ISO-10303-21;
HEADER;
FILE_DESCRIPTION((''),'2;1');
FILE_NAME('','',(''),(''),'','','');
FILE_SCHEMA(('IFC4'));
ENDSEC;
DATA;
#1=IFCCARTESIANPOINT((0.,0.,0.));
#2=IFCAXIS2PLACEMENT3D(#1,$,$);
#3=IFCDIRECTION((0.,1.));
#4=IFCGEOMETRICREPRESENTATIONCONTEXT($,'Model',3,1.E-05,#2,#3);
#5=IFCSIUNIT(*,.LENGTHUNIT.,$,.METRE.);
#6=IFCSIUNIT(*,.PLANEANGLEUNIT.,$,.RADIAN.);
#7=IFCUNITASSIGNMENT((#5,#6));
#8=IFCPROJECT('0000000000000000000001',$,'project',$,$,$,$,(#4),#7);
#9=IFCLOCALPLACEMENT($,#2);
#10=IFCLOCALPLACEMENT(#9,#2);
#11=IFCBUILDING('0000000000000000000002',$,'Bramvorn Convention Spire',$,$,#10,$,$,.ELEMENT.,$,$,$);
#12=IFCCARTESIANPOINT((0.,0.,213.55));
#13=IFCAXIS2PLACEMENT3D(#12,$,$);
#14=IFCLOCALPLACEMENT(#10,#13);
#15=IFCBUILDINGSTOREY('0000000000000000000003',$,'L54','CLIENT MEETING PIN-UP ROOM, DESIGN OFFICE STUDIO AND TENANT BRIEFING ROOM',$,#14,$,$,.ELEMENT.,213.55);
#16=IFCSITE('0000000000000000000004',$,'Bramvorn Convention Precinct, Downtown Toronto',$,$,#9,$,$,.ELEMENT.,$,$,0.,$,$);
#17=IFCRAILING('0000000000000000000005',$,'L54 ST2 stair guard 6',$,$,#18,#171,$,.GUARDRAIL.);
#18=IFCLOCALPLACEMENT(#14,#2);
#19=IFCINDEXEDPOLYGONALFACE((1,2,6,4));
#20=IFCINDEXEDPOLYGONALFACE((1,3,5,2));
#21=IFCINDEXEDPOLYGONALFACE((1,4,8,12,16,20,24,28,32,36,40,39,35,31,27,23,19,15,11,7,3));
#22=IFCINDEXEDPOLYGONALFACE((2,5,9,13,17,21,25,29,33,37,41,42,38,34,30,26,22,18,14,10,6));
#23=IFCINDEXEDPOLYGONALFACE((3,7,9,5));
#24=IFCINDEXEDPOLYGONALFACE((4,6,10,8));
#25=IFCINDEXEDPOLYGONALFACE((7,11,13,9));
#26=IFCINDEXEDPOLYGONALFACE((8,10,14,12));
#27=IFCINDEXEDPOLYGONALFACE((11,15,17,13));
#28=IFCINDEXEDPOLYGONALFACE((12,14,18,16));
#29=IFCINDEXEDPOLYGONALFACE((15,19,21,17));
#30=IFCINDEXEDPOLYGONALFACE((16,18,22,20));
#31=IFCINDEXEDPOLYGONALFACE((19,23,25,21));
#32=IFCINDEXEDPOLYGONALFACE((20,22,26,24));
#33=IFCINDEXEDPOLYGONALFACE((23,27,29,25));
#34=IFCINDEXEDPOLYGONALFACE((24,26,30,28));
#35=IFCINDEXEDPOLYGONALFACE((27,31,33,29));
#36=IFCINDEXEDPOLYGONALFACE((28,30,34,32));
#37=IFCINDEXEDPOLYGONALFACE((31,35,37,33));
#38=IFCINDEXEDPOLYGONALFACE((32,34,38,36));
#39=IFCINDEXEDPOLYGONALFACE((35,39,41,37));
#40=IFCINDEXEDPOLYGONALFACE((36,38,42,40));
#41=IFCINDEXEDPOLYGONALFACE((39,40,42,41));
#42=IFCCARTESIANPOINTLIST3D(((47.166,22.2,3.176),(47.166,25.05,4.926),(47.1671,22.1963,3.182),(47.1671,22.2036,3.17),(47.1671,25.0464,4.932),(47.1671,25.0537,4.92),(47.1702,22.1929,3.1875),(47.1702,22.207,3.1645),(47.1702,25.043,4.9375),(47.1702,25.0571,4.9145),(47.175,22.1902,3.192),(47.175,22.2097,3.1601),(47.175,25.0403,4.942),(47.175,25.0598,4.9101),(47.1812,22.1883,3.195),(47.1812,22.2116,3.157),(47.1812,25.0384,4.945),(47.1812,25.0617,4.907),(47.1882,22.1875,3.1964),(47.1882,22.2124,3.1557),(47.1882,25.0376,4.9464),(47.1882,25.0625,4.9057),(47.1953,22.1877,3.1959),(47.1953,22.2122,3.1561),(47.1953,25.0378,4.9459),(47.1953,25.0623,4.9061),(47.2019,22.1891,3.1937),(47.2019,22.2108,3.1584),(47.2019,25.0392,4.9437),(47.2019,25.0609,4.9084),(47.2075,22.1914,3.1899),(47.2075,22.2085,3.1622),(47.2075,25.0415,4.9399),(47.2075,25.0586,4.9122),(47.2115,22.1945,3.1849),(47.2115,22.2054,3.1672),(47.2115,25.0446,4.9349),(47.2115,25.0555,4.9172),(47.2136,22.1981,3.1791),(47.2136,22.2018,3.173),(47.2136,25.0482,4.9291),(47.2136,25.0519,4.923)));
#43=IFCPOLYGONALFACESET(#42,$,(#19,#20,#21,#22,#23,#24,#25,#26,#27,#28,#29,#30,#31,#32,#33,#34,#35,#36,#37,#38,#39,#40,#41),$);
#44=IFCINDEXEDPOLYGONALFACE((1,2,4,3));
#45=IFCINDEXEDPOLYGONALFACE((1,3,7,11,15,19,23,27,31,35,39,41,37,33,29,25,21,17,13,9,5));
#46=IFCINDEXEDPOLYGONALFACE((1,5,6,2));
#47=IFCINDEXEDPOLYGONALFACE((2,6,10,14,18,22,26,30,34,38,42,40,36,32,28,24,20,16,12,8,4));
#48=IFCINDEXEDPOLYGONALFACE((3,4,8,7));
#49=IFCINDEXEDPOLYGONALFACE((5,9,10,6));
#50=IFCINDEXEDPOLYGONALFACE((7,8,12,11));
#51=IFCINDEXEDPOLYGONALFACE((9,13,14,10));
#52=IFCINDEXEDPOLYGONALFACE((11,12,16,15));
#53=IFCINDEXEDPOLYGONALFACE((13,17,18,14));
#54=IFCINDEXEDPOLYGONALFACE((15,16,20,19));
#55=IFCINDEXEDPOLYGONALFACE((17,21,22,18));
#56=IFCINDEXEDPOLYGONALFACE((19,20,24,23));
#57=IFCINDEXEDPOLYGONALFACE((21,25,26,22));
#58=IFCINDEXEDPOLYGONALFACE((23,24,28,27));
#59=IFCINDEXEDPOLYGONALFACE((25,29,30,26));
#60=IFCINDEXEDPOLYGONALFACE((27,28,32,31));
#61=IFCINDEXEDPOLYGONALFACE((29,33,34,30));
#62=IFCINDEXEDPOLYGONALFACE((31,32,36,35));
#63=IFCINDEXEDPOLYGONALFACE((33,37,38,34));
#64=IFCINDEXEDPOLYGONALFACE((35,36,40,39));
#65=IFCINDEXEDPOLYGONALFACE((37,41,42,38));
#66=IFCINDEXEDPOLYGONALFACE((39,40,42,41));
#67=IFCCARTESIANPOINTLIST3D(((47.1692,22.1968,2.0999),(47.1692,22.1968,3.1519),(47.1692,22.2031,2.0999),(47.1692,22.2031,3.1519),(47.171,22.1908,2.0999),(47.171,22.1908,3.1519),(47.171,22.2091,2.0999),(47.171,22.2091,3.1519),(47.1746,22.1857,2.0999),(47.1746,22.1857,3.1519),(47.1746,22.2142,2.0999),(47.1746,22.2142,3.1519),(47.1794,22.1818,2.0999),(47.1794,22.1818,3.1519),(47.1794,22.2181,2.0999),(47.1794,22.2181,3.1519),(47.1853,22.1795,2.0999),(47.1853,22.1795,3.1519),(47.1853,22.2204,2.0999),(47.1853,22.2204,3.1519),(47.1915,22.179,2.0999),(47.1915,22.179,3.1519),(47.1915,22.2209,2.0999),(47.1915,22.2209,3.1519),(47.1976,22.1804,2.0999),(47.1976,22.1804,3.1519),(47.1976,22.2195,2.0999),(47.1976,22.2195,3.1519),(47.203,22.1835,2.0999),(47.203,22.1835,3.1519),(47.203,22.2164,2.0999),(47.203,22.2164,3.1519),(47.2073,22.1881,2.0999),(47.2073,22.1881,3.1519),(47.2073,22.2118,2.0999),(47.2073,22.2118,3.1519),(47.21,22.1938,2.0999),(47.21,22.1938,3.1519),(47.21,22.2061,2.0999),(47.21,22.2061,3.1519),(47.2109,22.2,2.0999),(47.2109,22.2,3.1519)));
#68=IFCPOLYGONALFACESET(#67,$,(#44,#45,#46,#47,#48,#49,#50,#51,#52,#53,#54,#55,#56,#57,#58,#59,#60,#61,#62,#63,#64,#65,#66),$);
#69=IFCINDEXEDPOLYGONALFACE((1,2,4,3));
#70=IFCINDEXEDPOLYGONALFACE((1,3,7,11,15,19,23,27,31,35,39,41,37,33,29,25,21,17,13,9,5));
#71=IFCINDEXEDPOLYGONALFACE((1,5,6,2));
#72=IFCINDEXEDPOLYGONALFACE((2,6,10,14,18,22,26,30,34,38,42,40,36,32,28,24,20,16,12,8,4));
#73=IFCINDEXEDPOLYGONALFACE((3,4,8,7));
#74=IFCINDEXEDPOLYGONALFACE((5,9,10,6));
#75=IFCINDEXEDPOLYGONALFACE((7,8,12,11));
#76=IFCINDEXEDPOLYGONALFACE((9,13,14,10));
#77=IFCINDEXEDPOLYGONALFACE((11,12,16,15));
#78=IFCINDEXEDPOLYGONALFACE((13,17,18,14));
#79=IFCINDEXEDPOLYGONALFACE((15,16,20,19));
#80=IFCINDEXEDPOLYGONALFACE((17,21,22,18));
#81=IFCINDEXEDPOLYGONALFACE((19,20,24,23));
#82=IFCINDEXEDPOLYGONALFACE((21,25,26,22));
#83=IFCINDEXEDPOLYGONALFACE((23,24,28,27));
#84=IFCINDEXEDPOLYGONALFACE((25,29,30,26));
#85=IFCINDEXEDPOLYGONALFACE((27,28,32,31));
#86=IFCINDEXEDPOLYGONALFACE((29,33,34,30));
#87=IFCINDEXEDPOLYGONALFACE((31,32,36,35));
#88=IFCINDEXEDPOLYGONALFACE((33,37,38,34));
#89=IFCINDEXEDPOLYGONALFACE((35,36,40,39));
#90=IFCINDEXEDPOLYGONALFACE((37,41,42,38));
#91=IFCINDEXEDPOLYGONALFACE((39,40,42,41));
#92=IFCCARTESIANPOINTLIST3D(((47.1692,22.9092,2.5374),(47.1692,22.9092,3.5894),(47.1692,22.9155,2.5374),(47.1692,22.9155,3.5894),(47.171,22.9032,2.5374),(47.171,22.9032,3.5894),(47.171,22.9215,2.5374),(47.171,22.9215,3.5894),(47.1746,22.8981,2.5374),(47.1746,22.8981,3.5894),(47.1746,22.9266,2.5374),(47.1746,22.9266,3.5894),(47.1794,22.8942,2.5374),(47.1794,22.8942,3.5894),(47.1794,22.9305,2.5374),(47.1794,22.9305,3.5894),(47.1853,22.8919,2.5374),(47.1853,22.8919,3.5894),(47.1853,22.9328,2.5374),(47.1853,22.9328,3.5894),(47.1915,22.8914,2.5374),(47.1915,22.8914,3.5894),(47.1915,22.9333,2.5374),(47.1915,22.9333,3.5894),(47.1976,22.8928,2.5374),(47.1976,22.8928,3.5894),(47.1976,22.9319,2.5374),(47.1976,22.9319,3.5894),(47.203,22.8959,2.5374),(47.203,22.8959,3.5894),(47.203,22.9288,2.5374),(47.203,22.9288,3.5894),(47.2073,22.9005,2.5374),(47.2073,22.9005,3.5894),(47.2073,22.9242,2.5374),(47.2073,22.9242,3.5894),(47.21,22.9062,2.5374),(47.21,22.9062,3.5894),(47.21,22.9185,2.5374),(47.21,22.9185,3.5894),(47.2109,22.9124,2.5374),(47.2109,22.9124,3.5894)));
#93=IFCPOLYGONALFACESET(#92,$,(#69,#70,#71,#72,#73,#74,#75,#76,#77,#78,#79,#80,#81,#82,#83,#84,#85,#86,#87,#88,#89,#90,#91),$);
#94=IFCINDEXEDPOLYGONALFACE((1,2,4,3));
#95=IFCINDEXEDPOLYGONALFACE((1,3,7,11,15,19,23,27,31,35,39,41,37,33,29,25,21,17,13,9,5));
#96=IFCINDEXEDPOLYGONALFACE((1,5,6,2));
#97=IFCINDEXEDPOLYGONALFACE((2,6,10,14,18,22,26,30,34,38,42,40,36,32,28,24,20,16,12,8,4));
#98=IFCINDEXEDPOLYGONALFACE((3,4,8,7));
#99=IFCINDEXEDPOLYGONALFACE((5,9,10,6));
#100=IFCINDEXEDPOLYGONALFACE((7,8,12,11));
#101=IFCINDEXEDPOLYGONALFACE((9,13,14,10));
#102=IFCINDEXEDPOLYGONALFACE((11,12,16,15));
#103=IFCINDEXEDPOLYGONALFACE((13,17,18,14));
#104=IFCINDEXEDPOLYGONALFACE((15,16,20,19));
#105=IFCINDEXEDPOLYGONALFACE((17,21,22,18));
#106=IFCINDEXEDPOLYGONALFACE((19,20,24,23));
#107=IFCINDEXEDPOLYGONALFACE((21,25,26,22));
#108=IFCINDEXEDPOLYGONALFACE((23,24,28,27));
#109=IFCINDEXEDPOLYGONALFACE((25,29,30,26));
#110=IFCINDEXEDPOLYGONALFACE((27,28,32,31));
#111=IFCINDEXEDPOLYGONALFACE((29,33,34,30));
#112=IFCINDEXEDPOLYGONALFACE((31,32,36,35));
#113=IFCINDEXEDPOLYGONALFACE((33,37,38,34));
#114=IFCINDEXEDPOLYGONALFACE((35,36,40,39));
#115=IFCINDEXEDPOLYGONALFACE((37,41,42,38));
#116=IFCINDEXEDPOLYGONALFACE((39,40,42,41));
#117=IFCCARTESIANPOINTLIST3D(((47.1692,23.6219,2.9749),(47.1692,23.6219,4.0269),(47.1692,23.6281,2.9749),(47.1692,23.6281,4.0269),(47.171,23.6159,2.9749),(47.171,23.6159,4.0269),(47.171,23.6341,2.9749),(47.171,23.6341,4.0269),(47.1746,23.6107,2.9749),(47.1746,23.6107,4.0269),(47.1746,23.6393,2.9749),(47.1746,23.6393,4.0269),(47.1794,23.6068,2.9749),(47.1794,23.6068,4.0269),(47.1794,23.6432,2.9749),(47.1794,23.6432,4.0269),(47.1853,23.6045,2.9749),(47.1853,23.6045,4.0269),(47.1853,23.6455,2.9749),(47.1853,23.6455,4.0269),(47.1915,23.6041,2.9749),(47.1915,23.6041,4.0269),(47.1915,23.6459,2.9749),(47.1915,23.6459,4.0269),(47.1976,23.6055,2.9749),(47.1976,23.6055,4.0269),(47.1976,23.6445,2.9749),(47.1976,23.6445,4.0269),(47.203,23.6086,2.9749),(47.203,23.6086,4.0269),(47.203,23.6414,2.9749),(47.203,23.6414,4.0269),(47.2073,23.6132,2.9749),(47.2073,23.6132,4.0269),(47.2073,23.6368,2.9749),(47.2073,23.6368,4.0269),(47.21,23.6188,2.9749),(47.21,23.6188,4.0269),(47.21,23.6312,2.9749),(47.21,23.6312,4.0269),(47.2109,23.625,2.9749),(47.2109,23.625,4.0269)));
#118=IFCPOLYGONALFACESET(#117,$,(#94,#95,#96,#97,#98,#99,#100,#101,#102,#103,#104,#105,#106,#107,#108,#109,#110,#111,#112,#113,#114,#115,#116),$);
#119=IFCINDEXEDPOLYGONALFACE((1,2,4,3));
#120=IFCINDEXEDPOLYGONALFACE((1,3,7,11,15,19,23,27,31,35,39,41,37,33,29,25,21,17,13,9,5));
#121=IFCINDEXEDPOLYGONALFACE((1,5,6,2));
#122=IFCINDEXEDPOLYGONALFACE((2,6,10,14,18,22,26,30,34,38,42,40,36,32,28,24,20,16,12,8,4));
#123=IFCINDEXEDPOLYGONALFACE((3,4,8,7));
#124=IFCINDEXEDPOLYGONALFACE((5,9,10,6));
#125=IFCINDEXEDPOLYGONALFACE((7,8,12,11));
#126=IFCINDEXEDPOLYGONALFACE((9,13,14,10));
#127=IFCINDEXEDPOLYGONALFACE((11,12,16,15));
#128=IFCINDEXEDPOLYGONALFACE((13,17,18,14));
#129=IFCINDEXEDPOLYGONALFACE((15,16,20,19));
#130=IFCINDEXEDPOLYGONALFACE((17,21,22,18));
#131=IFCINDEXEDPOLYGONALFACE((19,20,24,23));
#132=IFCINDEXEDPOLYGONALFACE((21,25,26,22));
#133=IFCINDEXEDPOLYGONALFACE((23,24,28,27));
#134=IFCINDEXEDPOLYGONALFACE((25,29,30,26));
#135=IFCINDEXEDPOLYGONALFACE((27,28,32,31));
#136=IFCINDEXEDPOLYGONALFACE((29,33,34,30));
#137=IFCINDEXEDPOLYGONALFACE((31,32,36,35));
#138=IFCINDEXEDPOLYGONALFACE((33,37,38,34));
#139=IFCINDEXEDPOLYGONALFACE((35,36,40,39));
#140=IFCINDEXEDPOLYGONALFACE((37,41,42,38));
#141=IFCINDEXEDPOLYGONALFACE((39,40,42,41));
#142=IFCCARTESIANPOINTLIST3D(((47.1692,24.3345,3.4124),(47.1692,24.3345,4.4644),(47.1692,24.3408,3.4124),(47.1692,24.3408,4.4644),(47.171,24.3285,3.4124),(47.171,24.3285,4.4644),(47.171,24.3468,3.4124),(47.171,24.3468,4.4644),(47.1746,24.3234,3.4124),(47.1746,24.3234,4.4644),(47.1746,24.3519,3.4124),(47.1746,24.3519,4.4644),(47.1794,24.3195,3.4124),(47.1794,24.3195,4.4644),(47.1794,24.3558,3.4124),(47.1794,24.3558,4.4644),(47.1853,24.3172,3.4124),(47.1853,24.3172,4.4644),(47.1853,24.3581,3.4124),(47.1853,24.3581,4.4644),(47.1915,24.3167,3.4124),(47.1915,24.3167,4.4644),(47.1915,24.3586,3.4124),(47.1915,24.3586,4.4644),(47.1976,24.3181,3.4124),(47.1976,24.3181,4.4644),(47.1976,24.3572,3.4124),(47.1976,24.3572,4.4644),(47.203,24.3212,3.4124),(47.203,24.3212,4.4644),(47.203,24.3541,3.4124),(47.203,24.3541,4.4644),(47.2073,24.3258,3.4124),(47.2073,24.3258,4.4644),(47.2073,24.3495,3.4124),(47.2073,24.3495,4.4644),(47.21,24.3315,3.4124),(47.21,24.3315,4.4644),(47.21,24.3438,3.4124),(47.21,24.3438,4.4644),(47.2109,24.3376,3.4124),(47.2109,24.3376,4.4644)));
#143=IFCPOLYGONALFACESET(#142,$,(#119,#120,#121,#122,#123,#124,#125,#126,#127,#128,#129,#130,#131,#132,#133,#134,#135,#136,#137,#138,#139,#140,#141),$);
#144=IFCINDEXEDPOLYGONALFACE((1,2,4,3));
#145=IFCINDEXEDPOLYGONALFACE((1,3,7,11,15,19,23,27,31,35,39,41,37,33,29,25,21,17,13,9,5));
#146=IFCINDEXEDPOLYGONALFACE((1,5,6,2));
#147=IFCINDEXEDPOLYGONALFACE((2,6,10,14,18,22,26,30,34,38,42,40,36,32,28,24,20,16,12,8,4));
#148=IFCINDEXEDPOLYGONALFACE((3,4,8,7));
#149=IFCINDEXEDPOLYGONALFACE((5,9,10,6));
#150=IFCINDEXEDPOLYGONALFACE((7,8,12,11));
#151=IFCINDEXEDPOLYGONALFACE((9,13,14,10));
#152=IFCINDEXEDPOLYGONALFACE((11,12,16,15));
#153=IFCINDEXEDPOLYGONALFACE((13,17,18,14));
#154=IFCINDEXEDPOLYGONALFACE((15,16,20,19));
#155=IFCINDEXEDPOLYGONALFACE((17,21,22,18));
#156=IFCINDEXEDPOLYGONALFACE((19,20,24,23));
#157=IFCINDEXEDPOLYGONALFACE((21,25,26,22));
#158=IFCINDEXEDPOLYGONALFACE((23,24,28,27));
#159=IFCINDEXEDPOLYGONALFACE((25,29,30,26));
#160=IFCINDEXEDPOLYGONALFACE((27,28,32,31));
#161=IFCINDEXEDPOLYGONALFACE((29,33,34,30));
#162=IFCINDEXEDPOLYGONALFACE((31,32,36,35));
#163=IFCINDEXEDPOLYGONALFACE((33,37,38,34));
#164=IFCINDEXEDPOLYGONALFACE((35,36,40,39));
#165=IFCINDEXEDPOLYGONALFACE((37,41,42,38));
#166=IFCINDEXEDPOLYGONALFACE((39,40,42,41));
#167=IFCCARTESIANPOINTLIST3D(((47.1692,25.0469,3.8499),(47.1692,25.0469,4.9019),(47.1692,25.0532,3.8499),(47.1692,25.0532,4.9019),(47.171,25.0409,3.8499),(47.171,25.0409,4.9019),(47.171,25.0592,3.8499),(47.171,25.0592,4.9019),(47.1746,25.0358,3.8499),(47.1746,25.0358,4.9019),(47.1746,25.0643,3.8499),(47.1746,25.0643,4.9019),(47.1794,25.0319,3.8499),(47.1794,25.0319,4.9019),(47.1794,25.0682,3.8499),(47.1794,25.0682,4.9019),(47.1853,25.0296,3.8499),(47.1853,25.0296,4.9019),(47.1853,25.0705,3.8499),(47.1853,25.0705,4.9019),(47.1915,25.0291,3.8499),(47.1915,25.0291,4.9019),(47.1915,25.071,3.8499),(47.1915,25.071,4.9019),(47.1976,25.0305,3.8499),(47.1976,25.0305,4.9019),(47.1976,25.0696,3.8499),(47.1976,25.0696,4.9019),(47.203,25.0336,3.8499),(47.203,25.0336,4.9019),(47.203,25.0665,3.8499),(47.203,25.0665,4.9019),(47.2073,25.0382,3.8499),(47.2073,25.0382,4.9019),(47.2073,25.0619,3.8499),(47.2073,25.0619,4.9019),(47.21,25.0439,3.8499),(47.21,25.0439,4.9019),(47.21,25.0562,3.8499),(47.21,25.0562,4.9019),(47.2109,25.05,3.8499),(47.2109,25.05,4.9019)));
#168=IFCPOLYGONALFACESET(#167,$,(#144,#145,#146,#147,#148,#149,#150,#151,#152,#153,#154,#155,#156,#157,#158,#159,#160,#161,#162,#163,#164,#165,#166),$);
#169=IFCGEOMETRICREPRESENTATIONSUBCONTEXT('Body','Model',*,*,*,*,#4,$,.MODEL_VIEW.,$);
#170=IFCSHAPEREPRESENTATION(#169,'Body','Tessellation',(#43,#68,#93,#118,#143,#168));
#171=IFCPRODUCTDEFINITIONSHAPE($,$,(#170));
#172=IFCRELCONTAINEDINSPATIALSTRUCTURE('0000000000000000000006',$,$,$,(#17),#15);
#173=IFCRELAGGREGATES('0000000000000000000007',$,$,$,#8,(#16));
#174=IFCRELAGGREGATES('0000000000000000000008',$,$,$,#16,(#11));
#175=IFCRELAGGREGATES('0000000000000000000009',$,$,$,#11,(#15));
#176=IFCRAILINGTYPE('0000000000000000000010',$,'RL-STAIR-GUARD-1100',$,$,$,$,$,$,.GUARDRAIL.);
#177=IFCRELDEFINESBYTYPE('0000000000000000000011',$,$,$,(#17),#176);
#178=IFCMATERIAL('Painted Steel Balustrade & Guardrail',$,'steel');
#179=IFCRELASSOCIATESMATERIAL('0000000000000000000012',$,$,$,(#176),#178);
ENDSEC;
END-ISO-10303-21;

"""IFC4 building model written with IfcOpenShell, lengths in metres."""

from ifc_helpers import new_model, si_unit, direction, frame, origin, origin_2d, place, context, subcontext, project, spatial, circle, extrude, material, type_object, element, save


model = new_model("IFC4")

# Units and contexts
model_context = context("Model", 3, precision=1e-05, world=origin(), true_north=direction((0.0, 1.0)))
body_context = subcontext(model_context, "Body", "Model", "MODEL_VIEW")
ifc_project = project(units=[si_unit("LENGTHUNIT", "METRE"), si_unit("PLANEANGLEUNIT", "RADIAN")], contexts=[model_context])

# Site, building, storey
site_placement = place(None, origin())
site = spatial("IfcSite", under=ifc_project, at=site_placement, Name="Bramvorn Convention Precinct, Downtown Toronto", CompositionType="ELEMENT", RefElevation=0.0)
building_placement = place(site_placement, origin())
building = spatial("IfcBuilding", under=site, at=building_placement, Name="Bramvorn Convention Spire", CompositionType="ELEMENT")
storey_placement = place(building_placement, frame((0.0, 0.0, 213.55)))
storey = spatial("IfcBuildingStorey", under=building, at=storey_placement, Name="L54", Description="CLIENT MEETING PIN-UP ROOM, DESIGN OFFICE STUDIO AND TENANT BRIEFING ROOM", CompositionType="ELEMENT", Elevation=213.55)

# Railing
ifc_material_1 = material(Name="Painted Steel Balustrade & Guardrail", Category="steel")
railing_type_1 = type_object("IfcRailingType", Name="RL-STAIR-GUARD-1100", PredefinedType="GUARDRAIL", material=ifc_material_1)
railing_1_placement = place(storey_placement, frame((47.1899, 22.2, 2.0999)))
element("IfcRailing", 1, at=railing_1_placement, inside=storey, type_object=railing_type_1, Name="L54 ST2 stair guard 6", PredefinedType="GUARDRAIL", context=body_context, shape_type="SweptSolid", body=[
    extrude(circle(Radius=0.0239, at=origin_2d()), frame((0.0, 0.0, 1.0762), z_axis=(0.0, 0.852179, 0.52325), x_axis=(-1.0, 0.0, 0.0)), (0.0, 0.0, 1.0), 3.3445),
    extrude(circle(Radius=0.021, at=origin_2d()), origin(), (0.0, 0.0, 1.0), 1.052),
    extrude(circle(Radius=0.021, at=origin_2d()), frame((0.0, 0.7124, 0.4375)), (0.0, 0.0, 1.0), 1.052),
    extrude(circle(Radius=0.021, at=origin_2d()), frame((0.0, 1.425, 0.875)), (0.0, 0.0, 1.0), 1.052),
    extrude(circle(Radius=0.021, at=origin_2d()), frame((0.0, 2.1377, 1.3125)), (0.0, 0.0, 1.0), 1.052),
    extrude(circle(Radius=0.021, at=origin_2d()), frame((0.0, 2.8501, 1.75)), (0.0, 0.0, 1.0), 1.052),
])

save(model, "model.ifc")
